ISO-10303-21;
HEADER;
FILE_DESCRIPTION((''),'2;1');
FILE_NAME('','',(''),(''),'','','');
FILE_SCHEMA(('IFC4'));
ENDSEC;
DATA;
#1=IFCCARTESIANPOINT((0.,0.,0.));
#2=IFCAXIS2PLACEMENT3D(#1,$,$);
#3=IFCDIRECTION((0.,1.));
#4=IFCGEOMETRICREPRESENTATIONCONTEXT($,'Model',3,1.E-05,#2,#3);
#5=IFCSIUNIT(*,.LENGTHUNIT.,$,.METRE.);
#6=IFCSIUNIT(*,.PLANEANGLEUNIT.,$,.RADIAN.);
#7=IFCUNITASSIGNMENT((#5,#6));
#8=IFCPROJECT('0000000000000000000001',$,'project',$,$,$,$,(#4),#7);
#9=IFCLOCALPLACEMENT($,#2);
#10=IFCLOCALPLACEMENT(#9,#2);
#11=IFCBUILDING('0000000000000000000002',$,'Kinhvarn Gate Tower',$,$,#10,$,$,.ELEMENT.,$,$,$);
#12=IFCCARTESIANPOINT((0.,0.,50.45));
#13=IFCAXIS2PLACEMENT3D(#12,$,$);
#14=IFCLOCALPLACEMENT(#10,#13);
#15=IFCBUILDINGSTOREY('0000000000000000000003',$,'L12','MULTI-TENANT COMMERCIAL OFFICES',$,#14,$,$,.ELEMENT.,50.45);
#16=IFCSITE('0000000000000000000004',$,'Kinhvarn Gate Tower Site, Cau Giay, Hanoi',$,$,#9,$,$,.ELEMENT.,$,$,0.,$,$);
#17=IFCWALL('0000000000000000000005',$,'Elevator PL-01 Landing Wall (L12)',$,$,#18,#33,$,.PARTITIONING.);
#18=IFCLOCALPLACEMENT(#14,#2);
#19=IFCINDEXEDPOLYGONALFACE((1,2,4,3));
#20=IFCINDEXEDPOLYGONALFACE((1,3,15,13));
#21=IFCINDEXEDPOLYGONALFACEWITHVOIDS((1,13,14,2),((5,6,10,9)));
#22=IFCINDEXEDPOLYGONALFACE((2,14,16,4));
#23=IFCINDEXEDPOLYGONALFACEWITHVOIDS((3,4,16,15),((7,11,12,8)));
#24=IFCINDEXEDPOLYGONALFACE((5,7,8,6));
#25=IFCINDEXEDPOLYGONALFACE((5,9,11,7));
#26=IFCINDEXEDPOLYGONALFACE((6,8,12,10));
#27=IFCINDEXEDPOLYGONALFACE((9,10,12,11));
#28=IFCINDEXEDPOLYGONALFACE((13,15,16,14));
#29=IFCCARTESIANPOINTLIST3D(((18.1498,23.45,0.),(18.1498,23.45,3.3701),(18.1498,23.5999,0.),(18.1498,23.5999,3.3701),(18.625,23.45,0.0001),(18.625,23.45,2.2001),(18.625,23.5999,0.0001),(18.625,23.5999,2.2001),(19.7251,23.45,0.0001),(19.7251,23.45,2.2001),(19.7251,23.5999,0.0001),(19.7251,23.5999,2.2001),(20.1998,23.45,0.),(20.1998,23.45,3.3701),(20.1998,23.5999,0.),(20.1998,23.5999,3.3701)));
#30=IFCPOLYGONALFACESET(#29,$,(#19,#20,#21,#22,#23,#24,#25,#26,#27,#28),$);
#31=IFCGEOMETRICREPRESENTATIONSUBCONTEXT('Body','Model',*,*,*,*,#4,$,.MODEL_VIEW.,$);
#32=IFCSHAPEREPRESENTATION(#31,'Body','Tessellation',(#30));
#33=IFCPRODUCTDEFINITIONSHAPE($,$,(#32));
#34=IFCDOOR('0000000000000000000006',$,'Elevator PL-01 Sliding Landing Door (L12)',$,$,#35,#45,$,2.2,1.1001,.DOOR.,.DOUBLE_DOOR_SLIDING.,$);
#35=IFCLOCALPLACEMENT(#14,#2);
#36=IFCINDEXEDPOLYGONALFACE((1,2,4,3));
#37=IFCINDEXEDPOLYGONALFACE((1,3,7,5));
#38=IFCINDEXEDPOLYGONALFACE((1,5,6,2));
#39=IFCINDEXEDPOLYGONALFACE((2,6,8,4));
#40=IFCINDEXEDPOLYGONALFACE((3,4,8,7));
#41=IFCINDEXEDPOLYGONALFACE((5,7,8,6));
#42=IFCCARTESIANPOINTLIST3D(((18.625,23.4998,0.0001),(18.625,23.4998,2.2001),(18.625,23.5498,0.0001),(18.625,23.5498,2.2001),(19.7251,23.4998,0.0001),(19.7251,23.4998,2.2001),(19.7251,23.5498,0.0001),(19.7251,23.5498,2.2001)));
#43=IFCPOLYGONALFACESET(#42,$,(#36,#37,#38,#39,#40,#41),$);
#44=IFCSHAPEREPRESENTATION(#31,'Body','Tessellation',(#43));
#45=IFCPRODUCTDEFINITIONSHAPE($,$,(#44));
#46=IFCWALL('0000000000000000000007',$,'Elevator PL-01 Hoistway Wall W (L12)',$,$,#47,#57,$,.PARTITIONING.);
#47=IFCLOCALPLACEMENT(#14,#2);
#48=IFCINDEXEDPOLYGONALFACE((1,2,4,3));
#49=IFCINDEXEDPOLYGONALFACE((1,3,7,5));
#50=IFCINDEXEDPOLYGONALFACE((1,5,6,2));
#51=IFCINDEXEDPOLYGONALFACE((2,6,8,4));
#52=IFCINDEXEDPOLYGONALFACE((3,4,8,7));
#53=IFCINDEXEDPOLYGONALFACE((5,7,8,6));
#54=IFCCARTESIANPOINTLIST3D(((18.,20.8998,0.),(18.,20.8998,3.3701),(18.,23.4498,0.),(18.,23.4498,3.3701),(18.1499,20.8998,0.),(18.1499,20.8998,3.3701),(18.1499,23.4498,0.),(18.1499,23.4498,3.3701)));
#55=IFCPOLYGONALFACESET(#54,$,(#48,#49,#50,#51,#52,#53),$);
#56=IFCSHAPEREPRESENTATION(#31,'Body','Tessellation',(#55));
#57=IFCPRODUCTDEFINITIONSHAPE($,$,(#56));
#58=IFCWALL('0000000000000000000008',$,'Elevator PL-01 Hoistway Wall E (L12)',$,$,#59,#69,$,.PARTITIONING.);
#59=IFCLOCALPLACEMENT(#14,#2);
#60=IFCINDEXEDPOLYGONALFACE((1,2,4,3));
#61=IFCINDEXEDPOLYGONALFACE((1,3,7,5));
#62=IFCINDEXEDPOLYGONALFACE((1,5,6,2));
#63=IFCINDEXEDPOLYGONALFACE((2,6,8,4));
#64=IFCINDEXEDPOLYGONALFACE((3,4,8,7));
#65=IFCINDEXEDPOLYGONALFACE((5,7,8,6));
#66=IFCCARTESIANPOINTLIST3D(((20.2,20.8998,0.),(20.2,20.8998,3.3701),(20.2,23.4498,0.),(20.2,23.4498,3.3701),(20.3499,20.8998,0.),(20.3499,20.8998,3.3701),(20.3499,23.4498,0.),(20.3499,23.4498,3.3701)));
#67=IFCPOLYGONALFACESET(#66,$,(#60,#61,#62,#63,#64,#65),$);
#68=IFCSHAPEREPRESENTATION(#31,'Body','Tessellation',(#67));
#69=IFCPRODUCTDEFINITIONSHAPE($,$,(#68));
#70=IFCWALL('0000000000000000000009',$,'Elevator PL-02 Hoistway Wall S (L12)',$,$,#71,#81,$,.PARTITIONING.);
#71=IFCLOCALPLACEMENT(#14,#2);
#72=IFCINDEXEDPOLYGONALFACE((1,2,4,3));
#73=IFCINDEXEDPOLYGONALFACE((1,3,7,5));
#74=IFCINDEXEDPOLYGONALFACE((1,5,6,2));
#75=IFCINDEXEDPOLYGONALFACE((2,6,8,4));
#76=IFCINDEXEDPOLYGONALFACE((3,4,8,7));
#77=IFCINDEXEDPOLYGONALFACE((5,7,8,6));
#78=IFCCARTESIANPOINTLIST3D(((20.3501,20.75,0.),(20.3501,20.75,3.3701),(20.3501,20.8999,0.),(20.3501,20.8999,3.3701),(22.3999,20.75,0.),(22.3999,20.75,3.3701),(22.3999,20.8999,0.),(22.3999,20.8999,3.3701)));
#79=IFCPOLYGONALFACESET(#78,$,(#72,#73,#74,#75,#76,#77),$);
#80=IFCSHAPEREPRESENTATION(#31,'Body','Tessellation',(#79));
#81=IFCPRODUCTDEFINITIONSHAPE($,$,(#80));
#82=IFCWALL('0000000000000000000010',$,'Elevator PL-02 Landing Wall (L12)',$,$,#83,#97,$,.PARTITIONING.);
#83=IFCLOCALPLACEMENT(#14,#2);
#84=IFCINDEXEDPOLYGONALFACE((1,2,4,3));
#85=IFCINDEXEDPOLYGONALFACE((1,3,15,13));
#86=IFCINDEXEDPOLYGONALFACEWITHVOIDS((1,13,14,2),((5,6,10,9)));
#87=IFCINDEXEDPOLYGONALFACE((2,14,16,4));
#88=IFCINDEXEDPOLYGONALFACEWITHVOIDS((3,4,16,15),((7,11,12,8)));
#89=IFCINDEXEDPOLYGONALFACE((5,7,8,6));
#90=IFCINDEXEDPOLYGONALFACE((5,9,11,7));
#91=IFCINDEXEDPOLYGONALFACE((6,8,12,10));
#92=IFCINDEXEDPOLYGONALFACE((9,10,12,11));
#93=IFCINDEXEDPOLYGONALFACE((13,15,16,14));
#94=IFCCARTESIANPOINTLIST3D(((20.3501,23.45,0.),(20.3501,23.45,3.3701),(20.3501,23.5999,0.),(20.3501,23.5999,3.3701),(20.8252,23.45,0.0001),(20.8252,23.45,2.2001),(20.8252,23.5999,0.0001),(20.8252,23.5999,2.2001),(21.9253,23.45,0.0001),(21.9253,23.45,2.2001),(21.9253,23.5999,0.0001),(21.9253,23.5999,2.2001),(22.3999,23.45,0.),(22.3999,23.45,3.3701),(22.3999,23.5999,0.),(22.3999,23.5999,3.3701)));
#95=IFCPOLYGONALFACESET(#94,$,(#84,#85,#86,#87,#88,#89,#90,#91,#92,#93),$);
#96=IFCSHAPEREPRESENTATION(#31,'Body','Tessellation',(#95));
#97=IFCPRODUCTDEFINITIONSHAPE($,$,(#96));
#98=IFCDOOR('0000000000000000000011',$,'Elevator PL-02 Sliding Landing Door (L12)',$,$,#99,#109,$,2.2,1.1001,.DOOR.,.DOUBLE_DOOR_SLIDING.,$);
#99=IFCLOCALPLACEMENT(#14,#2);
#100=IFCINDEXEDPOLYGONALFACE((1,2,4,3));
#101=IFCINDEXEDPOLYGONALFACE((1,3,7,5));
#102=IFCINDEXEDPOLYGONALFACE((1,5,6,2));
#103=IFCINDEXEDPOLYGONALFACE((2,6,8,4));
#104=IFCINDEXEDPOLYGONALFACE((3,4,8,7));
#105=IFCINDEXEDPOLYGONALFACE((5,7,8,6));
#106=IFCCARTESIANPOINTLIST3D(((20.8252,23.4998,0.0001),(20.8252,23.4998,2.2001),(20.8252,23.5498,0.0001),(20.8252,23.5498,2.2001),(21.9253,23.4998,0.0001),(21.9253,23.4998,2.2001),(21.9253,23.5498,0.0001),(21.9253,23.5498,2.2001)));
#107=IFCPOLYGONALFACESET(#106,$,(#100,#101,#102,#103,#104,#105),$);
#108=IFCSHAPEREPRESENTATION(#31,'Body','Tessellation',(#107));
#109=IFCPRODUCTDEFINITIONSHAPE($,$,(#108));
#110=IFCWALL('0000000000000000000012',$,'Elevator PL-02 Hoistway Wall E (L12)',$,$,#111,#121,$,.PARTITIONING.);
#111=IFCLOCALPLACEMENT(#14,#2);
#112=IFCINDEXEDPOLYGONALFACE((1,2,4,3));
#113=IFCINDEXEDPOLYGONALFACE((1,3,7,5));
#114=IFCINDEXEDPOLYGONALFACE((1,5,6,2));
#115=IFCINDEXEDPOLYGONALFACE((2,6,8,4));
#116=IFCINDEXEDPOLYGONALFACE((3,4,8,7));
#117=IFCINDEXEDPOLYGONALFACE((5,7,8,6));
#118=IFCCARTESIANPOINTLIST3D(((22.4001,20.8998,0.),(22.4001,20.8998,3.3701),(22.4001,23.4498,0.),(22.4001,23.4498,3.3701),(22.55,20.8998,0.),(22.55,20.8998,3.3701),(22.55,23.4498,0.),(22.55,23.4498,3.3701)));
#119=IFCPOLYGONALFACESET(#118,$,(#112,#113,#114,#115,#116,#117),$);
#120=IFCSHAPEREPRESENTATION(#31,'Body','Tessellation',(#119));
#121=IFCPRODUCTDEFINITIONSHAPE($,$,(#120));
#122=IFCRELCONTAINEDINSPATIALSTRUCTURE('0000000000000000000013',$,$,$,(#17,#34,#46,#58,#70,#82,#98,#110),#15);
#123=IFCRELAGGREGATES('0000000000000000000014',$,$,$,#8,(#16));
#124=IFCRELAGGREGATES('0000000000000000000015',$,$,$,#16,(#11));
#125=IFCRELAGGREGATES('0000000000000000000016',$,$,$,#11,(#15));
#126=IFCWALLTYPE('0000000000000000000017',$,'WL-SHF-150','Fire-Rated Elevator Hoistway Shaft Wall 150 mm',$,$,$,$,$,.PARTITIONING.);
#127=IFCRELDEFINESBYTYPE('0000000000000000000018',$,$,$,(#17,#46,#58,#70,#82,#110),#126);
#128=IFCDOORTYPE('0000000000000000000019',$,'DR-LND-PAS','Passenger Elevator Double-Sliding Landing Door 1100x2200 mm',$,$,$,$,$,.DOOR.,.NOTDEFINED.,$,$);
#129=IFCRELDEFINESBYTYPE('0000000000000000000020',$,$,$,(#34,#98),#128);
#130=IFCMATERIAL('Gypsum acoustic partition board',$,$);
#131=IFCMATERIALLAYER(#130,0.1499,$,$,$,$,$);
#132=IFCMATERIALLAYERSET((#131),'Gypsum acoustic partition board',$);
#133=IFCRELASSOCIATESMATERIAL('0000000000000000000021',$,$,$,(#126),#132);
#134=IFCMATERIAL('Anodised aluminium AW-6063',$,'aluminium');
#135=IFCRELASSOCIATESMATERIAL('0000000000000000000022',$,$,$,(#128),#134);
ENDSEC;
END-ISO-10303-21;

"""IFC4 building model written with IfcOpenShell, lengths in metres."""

from ifc_helpers import new_model, si_unit, direction, frame, frame_2d, origin, place, context, subcontext, project, spatial, rectangle, extrude, material, layer, layer_set, type_object, element, fill, save


model = new_model("IFC4")

# Units and contexts
model_context = context("Model", 3, precision=1e-05, world=origin(), true_north=direction((0.0, 1.0)))
body_context = subcontext(model_context, "Body", "Model", "MODEL_VIEW")
ifc_project = project(units=[si_unit("LENGTHUNIT", "METRE"), si_unit("PLANEANGLEUNIT", "RADIAN")], contexts=[model_context])

# Site, building, storey
site_placement = place(None, origin())
site = spatial("IfcSite", under=ifc_project, at=site_placement, Name="Kinhvarn Gate Tower Site, Cau Giay, Hanoi", CompositionType="ELEMENT", RefElevation=0.0)
building_placement = place(site_placement, origin())
building = spatial("IfcBuilding", under=site, at=building_placement, Name="Kinhvarn Gate Tower", CompositionType="ELEMENT")
storey_placement = place(building_placement, frame((0.0, 0.0, 50.45)))
storey = spatial("IfcBuildingStorey", under=building, at=storey_placement, Name="L12", Description="MULTI-TENANT COMMERCIAL OFFICES", CompositionType="ELEMENT", Elevation=50.45)

# Shared definitions
ifc_material_1 = material(Name="Gypsum acoustic partition board")
ifc_material_2 = material(Name="Anodised aluminium AW-6063", Category="aluminium")

# Shared definitions
ifc_layer_1 = layer(ifc_material_1, 0.1499)
ifc_layer_set_1 = layer_set([ifc_layer_1], Name="Gypsum acoustic partition board")
wall_type_1 = type_object("IfcWallType", Name="WL-SHF-150", Description="Fire-Rated Elevator Hoistway Shaft Wall 150 mm", PredefinedType="PARTITIONING", material=ifc_layer_set_1)

# Wall, opening, door
wall_1_placement = place(storey_placement, frame((18.1499, 23.5249, 0.0), z_axis=(0.0, 0.0, 1.0), x_axis=(1.0, 0.0, 0.0)))
wall_1 = element("IfcWall", 1, at=wall_1_placement, inside=storey, type_object=wall_type_1, Name="Elevator PL-01 Landing Wall (L12)", PredefinedType="PARTITIONING", context=body_context, shape_type="SweptSolid", body=[
    extrude(rectangle(XDim=2.05, YDim=0.1499, at=frame_2d((1.0249, 0.0))), origin(), (0.0, 0.0, 1.0), 3.3701),
])
opening_1_placement = place(wall_1_placement, frame((0.4751, 0.0, 0.0)))
opening_1 = element("IfcOpeningElement", 2, at=opening_1_placement, cuts=wall_1, PredefinedType="OPENING", context=body_context, shape_type="SweptSolid", body=[
    extrude(rectangle(XDim=1.1001, YDim=2.2, at=frame_2d((0.55, 1.1001))), frame((0.0, 0.085, 0.0), z_axis=(0.0, -1.0, 0.0), x_axis=(1.0, 0.0, 0.0)), (0.0, 0.0, 1.0), 0.1699),
])
door_type_1 = type_object("IfcDoorType", Name="DR-LND-PAS", Description="Passenger Elevator Double-Sliding Landing Door 1100x2200 mm", OperationType="NOTDEFINED", PredefinedType="DOOR", material=ifc_material_2)
door_1_placement = place(opening_1_placement, origin())
door_1 = element("IfcDoor", 3, at=door_1_placement, inside=storey, type_object=door_type_1, Name="Elevator PL-01 Sliding Landing Door (L12)", OperationType="DOUBLE_DOOR_SLIDING", OverallHeight=2.2, OverallWidth=1.1001, PredefinedType="DOOR", context=body_context, shape_type="SweptSolid", body=[
    extrude(rectangle(XDim=1.1001, YDim=2.2, at=frame_2d((0.55, 1.1001))), frame((0.0, 0.0249, 0.0), z_axis=(0.0, -1.0, 0.0), x_axis=(1.0, 0.0, 0.0)), (0.0, 0.0, 1.0), 0.05),
])
fill(opening_1, door_1)

# Walls
for number, where, z_axis, x_axis, name in (
    (4, (18.075, 20.8999, 0.0), (0.0, 0.0, 1.0), (0.0, 1.0, 0.0), "Elevator PL-01 Hoistway Wall W (L12)"),
    (5, (20.2749, 20.8999, 0.0), (0.0, 0.0, 1.0), (0.0, 1.0, 0.0), "Elevator PL-01 Hoistway Wall E (L12)"),
):
    element("IfcWall", number, at=place(storey_placement, frame(where, z_axis=z_axis, x_axis=x_axis)), inside=storey, type_object=wall_type_1, Name=name, PredefinedType="PARTITIONING", context=body_context, shape_type="SweptSolid", body=[
        extrude(rectangle(XDim=2.55, YDim=0.1499, at=frame_2d((1.2749, 0.0))), origin(), (0.0, 0.0, 1.0), 3.3701),
    ])
wall_2_placement = place(storey_placement, frame((20.3501, 20.825, 0.0), z_axis=(0.0, 0.0, 1.0), x_axis=(1.0, 0.0, 0.0)))
element("IfcWall", 6, at=wall_2_placement, inside=storey, type_object=wall_type_1, Name="Elevator PL-02 Hoistway Wall S (L12)", PredefinedType="PARTITIONING", context=body_context, shape_type="SweptSolid", body=[
    extrude(rectangle(XDim=2.0498, YDim=0.1499, at=frame_2d((1.0249, 0.0))), origin(), (0.0, 0.0, 1.0), 3.3701),
])

# Wall, opening, door
wall_3_placement = place(storey_placement, frame((20.3501, 23.5249, 0.0), z_axis=(0.0, 0.0, 1.0), x_axis=(1.0, 0.0, 0.0)))
wall_3 = element("IfcWall", 7, at=wall_3_placement, inside=storey, type_object=wall_type_1, Name="Elevator PL-02 Landing Wall (L12)", PredefinedType="PARTITIONING", context=body_context, shape_type="SweptSolid", body=[
    extrude(rectangle(XDim=2.0498, YDim=0.1499, at=frame_2d((1.0249, 0.0))), origin(), (0.0, 0.0, 1.0), 3.3701),
])
opening_2_placement = place(wall_3_placement, frame((0.4751, 0.0, 0.0)))
opening_2 = element("IfcOpeningElement", 8, at=opening_2_placement, cuts=wall_3, PredefinedType="OPENING", context=body_context, shape_type="SweptSolid", body=[
    extrude(rectangle(XDim=1.1001, YDim=2.2, at=frame_2d((0.55, 1.1001))), frame((0.0, 0.085, 0.0), z_axis=(0.0, -1.0, 0.0), x_axis=(1.0, 0.0, 0.0)), (0.0, 0.0, 1.0), 0.1699),
])
door_2_placement = place(opening_2_placement, origin())
door_2 = element("IfcDoor", 9, at=door_2_placement, inside=storey, type_object=door_type_1, Name="Elevator PL-02 Sliding Landing Door (L12)", OperationType="DOUBLE_DOOR_SLIDING", OverallHeight=2.2, OverallWidth=1.1001, PredefinedType="DOOR", context=body_context, shape_type="SweptSolid", body=[
    extrude(rectangle(XDim=1.1001, YDim=2.2, at=frame_2d((0.55, 1.1001))), frame((0.0, 0.0249, 0.0), z_axis=(0.0, -1.0, 0.0), x_axis=(1.0, 0.0, 0.0)), (0.0, 0.0, 1.0), 0.05),
])
fill(opening_2, door_2)

# Wall
wall_4_placement = place(storey_placement, frame((22.4751, 20.8999, 0.0), z_axis=(0.0, 0.0, 1.0), x_axis=(0.0, 1.0, 0.0)))
element("IfcWall", 10, at=wall_4_placement, inside=storey, type_object=wall_type_1, Name="Elevator PL-02 Hoistway Wall E (L12)", PredefinedType="PARTITIONING", context=body_context, shape_type="SweptSolid", body=[
    extrude(rectangle(XDim=2.55, YDim=0.1499, at=frame_2d((1.2749, 0.0))), origin(), (0.0, 0.0, 1.0), 3.3701),
])

save(model, "model.ifc")
